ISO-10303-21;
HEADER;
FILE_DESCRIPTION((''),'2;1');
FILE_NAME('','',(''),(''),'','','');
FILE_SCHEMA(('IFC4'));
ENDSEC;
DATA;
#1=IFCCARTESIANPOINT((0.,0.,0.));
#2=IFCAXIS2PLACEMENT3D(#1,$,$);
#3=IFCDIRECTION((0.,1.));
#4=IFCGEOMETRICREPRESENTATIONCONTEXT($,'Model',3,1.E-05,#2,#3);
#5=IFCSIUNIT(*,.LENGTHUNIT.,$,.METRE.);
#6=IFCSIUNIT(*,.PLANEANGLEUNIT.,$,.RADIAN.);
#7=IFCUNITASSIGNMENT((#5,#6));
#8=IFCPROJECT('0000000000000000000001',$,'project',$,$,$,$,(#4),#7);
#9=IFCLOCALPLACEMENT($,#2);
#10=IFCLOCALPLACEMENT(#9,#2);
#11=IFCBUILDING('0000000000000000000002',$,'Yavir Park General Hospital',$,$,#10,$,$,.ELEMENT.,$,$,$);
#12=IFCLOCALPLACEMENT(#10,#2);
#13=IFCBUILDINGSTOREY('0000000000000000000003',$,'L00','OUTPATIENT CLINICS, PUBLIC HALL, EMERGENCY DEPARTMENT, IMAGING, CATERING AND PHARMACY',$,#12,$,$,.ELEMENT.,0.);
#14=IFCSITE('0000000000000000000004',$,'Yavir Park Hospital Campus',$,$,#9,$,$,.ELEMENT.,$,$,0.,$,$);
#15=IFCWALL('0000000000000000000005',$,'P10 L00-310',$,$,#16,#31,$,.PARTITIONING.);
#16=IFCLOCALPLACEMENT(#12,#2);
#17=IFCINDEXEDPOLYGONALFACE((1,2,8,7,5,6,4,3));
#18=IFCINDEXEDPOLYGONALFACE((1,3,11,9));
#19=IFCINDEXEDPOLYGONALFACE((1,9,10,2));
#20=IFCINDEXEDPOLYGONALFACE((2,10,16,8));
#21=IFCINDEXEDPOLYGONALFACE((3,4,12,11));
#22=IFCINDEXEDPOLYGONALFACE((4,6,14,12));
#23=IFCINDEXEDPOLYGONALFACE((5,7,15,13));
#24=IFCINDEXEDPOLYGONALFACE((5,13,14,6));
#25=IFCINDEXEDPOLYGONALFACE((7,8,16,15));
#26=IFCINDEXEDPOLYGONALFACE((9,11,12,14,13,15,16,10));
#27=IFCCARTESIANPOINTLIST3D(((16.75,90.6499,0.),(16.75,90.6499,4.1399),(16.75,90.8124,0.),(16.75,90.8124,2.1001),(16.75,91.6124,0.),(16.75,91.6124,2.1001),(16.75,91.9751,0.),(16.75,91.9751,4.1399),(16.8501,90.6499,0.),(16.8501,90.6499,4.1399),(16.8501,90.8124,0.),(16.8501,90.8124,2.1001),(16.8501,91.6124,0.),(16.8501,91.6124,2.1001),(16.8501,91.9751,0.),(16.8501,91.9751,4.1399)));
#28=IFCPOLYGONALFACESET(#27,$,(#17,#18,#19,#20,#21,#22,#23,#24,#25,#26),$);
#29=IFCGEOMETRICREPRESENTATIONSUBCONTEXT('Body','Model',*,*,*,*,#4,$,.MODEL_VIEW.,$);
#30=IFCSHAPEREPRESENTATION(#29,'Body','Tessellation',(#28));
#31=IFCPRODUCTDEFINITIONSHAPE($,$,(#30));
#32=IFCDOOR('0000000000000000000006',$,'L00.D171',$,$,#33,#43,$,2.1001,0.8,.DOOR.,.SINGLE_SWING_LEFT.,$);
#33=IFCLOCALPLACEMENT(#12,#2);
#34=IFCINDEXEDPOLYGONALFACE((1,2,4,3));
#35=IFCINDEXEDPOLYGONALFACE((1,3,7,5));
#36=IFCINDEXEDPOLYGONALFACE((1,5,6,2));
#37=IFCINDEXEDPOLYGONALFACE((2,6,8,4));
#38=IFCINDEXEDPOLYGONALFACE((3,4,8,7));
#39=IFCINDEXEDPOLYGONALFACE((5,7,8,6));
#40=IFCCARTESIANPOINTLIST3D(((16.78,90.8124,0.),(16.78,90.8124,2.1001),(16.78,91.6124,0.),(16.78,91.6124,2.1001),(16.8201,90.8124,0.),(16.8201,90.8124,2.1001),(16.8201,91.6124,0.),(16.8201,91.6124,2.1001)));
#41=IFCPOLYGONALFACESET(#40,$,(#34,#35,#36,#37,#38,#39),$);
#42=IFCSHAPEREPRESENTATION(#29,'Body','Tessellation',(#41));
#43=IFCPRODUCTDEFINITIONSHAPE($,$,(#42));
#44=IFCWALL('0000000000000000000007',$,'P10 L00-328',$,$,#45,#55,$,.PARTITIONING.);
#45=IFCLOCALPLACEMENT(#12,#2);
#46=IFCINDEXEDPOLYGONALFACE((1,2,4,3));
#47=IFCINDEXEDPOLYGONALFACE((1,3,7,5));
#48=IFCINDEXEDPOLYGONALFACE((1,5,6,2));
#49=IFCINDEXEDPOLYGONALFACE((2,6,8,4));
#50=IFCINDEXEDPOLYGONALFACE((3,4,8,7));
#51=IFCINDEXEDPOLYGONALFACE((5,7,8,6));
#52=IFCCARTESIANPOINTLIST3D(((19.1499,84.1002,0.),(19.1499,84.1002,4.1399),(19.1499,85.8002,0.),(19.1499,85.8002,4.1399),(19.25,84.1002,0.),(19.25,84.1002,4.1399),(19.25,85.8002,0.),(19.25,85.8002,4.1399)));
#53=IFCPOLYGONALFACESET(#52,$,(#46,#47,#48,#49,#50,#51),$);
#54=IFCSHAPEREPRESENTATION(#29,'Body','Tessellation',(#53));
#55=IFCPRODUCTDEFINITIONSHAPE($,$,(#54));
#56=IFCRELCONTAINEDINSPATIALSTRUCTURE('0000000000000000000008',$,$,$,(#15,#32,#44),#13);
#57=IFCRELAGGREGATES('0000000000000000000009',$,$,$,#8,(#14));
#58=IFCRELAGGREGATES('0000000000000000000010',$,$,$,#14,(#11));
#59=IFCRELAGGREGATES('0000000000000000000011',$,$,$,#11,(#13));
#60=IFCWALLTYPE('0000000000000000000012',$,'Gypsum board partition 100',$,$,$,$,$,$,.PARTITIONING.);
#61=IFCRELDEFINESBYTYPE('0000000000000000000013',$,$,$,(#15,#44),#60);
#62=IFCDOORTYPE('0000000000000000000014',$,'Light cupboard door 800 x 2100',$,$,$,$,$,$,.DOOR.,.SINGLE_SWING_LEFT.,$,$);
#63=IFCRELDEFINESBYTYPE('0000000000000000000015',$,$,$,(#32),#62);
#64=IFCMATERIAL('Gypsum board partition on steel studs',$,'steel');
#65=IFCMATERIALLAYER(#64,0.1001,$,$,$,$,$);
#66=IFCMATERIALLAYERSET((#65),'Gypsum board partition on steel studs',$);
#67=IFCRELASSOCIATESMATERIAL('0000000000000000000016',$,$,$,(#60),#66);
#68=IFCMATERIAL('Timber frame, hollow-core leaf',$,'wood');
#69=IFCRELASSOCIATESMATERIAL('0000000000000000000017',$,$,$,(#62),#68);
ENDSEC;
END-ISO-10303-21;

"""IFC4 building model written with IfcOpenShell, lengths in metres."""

from ifc_helpers import new_model, si_unit, direction, frame, frame_2d, origin, place, context, subcontext, project, spatial, rectangle, extrude, material, layer, layer_set, type_object, element, fill, save


model = new_model("IFC4")

# Units and contexts
model_context = context("Model", 3, precision=1e-05, world=origin(), true_north=direction((0.0, 1.0)))
body_context = subcontext(model_context, "Body", "Model", "MODEL_VIEW")
ifc_project = project(units=[si_unit("LENGTHUNIT", "METRE"), si_unit("PLANEANGLEUNIT", "RADIAN")], contexts=[model_context])

# Site, building, storey
site_placement = place(None, origin())
site = spatial("IfcSite", under=ifc_project, at=site_placement, Name="Yavir Park Hospital Campus", CompositionType="ELEMENT", RefElevation=0.0)
building_placement = place(site_placement, origin())
building = spatial("IfcBuilding", under=site, at=building_placement, Name="Yavir Park General Hospital", CompositionType="ELEMENT")
storey_placement = place(building_placement, origin())
storey = spatial("IfcBuildingStorey", under=building, at=storey_placement, Name="L00", Description="OUTPATIENT CLINICS, PUBLIC HALL, EMERGENCY DEPARTMENT, IMAGING, CATERING AND PHARMACY", CompositionType="ELEMENT", Elevation=0.0)

# Shared definitions
ifc_material_1 = material(Name="Gypsum board partition on steel studs", Category="steel")
ifc_layer_1 = layer(ifc_material_1, 0.1001)
ifc_layer_set_1 = layer_set([ifc_layer_1], Name="Gypsum board partition on steel studs")
wall_type_1 = type_object("IfcWallType", Name="Gypsum board partition 100", PredefinedType="PARTITIONING", material=ifc_layer_set_1)

# Wall, opening, door
ifc_material_2 = material(Name="Timber frame, hollow-core leaf", Category="wood")
door_type_1 = type_object("IfcDoorType", Name="Light cupboard door 800 x 2100", OperationType="SINGLE_SWING_LEFT", PredefinedType="DOOR", material=ifc_material_2)
wall_1_placement = place(storey_placement, frame((16.8, 90.6499, 0.0), z_axis=(0.0, 0.0, 1.0), x_axis=(0.0, 1.0, 0.0)))
wall_1 = element("IfcWall", 1, at=wall_1_placement, inside=storey, type_object=wall_type_1, Name="P10 L00-310", PredefinedType="PARTITIONING", context=body_context, shape_type="SweptSolid", body=[
    extrude(rectangle(XDim=1.3252, YDim=0.1001, at=frame_2d((0.6626, 0.0))), origin(), (0.0, 0.0, 1.0), 4.1399),
])
opening_1_placement = place(wall_1_placement, frame((0.1626, 0.0, 0.0)))
opening_1 = element("IfcOpeningElement", 2, at=opening_1_placement, cuts=wall_1, PredefinedType="OPENING", context=body_context, shape_type="SweptSolid", body=[
    extrude(rectangle(XDim=0.8, YDim=2.1001, at=frame_2d((0.3999, 1.05))), frame((0.0, 0.0601, 0.0), z_axis=(0.0, -1.0, 0.0), x_axis=(1.0, 0.0, 0.0)), (0.0, 0.0, 1.0), 0.1201),
])
door_1_placement = place(opening_1_placement, origin())
door_1 = element("IfcDoor", 3, at=door_1_placement, inside=storey, type_object=door_type_1, Name="L00.D171", OperationType="SINGLE_SWING_LEFT", OverallHeight=2.1001, OverallWidth=0.8, PredefinedType="DOOR", context=body_context, shape_type="SweptSolid", body=[
    extrude(rectangle(XDim=0.8, YDim=2.1001, at=frame_2d((0.3999, 1.05))), frame((0.0, 0.02, 0.0), z_axis=(0.0, -1.0, 0.0), x_axis=(1.0, 0.0, 0.0)), (0.0, 0.0, 1.0), 0.04),
])
fill(opening_1, door_1)

# Wall
wall_2_placement = place(storey_placement, frame((19.2, 84.1001, 0.0), z_axis=(0.0, 0.0, 1.0), x_axis=(0.0, 1.0, 0.0)))
element("IfcWall", 4, at=wall_2_placement, inside=storey, type_object=wall_type_1, Name="P10 L00-328", PredefinedType="PARTITIONING", context=body_context, shape_type="SweptSolid", body=[
    extrude(rectangle(XDim=1.7, YDim=0.1001, at=frame_2d((0.8501, 0.0))), origin(), (0.0, 0.0, 1.0), 4.1399),
])

save(model, "model.ifc")
